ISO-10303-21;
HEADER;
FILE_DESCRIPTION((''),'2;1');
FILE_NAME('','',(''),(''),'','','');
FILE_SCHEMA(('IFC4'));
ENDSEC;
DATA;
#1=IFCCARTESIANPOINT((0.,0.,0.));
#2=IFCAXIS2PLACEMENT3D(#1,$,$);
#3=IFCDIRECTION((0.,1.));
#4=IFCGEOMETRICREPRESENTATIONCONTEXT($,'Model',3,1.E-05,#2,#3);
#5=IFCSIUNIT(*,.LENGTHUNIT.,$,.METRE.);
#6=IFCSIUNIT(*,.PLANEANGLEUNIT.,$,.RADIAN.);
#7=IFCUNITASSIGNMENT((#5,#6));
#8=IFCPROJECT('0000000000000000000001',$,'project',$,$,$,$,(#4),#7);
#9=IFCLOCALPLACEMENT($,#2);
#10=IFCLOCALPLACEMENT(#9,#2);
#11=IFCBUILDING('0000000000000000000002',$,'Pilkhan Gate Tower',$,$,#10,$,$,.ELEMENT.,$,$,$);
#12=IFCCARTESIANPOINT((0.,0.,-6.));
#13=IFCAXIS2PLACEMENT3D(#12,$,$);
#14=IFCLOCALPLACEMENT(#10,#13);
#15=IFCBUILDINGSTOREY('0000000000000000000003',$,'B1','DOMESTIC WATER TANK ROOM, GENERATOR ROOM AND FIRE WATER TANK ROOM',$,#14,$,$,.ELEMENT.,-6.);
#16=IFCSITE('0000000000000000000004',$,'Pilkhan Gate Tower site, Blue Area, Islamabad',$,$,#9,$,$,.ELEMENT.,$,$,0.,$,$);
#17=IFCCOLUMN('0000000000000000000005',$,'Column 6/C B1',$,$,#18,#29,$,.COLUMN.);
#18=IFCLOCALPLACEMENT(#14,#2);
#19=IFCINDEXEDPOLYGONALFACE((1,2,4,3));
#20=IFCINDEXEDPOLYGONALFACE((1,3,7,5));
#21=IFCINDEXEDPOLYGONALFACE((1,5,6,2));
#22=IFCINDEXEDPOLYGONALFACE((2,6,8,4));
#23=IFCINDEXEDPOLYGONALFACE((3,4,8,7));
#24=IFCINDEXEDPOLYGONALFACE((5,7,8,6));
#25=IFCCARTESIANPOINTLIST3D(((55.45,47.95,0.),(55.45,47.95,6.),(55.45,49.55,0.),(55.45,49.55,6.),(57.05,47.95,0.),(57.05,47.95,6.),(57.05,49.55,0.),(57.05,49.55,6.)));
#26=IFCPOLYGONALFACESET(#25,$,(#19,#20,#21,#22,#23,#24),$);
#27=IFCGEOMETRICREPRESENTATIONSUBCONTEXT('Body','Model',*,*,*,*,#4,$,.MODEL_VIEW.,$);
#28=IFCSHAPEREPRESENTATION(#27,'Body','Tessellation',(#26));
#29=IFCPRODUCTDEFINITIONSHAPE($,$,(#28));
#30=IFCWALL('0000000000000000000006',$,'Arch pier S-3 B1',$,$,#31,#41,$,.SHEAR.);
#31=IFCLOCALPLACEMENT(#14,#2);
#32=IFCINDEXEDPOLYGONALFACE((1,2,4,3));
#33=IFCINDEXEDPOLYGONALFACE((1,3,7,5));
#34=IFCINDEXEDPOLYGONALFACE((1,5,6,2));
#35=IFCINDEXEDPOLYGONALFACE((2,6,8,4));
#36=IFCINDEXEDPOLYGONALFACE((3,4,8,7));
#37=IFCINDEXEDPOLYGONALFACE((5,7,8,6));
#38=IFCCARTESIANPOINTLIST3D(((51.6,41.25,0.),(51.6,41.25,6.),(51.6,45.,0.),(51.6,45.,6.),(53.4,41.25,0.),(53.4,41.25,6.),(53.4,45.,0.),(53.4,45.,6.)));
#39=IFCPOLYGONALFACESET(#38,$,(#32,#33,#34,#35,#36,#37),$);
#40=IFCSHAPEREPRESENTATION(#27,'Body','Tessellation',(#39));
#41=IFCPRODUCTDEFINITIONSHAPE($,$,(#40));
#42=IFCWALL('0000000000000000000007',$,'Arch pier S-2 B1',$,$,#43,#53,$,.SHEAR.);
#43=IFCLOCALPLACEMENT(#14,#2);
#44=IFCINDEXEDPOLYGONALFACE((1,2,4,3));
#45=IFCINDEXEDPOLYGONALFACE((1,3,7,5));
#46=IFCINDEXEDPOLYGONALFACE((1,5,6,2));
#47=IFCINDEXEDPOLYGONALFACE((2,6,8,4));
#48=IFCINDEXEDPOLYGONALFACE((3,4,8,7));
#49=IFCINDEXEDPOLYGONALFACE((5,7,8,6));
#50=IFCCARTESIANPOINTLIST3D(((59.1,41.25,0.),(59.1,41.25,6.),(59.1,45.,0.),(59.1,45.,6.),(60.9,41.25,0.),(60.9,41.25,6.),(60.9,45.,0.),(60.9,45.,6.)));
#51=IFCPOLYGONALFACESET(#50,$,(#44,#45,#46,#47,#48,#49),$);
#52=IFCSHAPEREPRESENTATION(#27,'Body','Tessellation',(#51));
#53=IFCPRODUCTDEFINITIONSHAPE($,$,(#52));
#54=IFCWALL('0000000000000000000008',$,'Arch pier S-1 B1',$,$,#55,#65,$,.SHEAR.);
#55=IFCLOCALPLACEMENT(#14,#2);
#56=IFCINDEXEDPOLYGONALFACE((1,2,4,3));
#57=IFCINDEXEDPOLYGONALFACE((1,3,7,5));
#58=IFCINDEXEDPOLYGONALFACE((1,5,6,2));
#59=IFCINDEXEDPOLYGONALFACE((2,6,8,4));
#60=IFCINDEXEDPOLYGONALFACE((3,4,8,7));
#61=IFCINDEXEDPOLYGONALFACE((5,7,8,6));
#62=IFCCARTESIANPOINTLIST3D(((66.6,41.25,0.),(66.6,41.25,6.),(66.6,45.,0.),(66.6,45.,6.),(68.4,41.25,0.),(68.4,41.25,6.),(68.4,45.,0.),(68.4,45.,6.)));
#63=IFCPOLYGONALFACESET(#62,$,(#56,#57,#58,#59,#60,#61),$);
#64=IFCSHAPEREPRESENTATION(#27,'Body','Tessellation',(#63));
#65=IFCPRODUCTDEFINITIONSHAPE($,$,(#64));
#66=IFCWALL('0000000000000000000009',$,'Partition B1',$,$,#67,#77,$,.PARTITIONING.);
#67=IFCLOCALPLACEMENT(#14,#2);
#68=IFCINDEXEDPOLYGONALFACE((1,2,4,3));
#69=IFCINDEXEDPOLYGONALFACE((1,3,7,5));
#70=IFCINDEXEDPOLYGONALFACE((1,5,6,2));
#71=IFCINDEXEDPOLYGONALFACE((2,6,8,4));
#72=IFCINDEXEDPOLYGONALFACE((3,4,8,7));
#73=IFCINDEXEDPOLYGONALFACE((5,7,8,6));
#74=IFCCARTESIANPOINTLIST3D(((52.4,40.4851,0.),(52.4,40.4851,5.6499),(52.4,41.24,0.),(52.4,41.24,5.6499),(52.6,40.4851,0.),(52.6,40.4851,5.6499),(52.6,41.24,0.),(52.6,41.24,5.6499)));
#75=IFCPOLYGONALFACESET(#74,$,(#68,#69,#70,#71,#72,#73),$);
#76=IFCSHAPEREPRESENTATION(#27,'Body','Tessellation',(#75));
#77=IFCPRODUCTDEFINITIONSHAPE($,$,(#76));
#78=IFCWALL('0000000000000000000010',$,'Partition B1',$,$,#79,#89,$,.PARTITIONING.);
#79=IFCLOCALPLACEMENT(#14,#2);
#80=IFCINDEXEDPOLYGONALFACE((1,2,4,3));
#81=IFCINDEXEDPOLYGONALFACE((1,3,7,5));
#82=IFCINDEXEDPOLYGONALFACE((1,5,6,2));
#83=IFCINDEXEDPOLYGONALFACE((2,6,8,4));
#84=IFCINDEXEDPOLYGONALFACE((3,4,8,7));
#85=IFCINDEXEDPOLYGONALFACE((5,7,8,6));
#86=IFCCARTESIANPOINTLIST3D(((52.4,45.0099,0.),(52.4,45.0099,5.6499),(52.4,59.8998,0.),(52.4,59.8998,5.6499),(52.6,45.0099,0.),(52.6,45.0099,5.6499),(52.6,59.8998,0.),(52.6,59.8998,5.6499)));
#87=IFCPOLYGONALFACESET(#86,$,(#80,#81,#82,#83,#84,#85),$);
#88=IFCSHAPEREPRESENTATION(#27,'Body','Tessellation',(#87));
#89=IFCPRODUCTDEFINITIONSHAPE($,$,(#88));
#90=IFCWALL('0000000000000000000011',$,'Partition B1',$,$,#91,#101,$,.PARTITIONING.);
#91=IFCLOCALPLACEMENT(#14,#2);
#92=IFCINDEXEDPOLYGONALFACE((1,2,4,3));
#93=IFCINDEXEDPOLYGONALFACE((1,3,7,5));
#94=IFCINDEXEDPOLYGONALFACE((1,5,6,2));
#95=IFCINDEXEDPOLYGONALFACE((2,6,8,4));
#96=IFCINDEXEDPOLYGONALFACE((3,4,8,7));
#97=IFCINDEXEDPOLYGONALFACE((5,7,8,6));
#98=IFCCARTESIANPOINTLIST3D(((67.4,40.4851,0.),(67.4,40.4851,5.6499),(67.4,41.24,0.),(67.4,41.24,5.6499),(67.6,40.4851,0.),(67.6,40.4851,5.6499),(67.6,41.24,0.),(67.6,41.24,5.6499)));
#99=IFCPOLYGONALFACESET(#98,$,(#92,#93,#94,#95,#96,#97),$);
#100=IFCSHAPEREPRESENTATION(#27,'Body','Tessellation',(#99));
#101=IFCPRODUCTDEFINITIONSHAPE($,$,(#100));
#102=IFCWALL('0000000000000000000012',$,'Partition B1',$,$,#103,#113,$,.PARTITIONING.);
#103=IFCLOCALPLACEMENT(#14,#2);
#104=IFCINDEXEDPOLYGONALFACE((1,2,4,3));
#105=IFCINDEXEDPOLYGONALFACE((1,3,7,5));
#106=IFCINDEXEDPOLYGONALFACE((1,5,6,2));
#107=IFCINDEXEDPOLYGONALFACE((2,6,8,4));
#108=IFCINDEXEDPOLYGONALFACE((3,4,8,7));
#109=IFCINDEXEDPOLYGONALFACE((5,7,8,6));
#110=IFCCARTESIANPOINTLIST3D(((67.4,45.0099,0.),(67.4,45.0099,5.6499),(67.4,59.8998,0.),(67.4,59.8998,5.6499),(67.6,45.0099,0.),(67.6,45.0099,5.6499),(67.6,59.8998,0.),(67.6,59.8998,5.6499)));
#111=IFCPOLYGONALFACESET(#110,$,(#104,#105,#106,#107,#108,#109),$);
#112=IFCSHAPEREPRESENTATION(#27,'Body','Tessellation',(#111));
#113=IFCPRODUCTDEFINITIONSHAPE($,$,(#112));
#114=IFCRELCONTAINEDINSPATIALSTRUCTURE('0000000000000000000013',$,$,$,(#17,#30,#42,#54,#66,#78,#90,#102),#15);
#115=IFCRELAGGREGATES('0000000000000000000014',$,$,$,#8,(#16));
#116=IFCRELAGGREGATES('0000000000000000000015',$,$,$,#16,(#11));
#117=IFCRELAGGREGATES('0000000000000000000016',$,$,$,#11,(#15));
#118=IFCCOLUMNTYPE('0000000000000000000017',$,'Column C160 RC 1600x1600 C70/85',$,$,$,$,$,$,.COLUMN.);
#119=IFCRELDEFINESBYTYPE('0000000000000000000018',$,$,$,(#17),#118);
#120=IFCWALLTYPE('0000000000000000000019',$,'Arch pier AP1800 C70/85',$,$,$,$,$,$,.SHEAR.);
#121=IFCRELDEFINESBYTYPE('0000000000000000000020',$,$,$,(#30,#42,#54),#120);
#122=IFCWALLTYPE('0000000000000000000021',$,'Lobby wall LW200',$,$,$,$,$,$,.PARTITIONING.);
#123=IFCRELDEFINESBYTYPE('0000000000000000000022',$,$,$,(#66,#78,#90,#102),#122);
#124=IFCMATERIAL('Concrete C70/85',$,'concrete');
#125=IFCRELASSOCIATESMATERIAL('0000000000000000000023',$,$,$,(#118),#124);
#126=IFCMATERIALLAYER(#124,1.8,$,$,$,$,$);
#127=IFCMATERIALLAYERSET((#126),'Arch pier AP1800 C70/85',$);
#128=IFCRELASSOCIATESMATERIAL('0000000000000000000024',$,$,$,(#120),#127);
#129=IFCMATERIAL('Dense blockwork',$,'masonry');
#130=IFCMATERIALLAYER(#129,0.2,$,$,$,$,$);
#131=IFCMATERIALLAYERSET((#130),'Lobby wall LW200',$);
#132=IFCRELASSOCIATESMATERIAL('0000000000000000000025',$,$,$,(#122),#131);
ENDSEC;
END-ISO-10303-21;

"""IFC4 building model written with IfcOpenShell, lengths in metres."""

from ifc_helpers import new_model, si_unit, direction, frame, frame_2d, origin, origin_2d, place, context, subcontext, project, spatial, rectangle, extrude, material, layer, layer_set, material_profile, profile_set, type_object, element, save


model = new_model("IFC4")

# Units and contexts
model_context = context("Model", 3, precision=1e-05, world=origin(), true_north=direction((0.0, 1.0)))
body_context = subcontext(model_context, "Body", "Model", "MODEL_VIEW")
ifc_project = project(units=[si_unit("LENGTHUNIT", "METRE"), si_unit("PLANEANGLEUNIT", "RADIAN")], contexts=[model_context])

# Site, building, storey
site_placement = place(None, origin())
site = spatial("IfcSite", under=ifc_project, at=site_placement, Name="Pilkhan Gate Tower site, Blue Area, Islamabad", CompositionType="ELEMENT", RefElevation=0.0)
building_placement = place(site_placement, origin())
building = spatial("IfcBuilding", under=site, at=building_placement, Name="Pilkhan Gate Tower", CompositionType="ELEMENT")
storey_placement = place(building_placement, frame((0.0, 0.0, -6.0)))
storey = spatial("IfcBuildingStorey", under=building, at=storey_placement, Name="B1", Description="DOMESTIC WATER TANK ROOM, GENERATOR ROOM AND FIRE WATER TANK ROOM", CompositionType="ELEMENT", Elevation=-6.0)

# Column
ifc_material_1 = material(Name="Concrete C70/85", Category="concrete")
ifc_material_profile_1 = material_profile(ifc_material_1, rectangle(XDim=1.6001, YDim=1.6001, at=origin_2d()), Name="RC 1600x1600")
ifc_profile_set_1 = profile_set([ifc_material_profile_1], Name="Concrete C70/85")
column_type = type_object("IfcColumnType", Name="Column C160 RC 1600x1600 C70/85", PredefinedType="COLUMN", material=ifc_profile_set_1)
for number, where, z_axis, x_axis, name in (
    (1, (56.25, 48.75, 0.0), (0.0, 0.0, 1.0), (1.0, 0.0, 0.0), "Column 6/C B1"),
):
    element("IfcColumn", number, at=place(storey_placement, frame(where, z_axis=z_axis, x_axis=x_axis)), inside=storey, type_object=column_type, Name=name, PredefinedType="COLUMN", context=body_context, shape_type="SweptSolid", body=[
        extrude(rectangle(XDim=1.6001, YDim=1.6001, at=origin_2d()), origin(), (0.0, 0.0, 1.0), 6.0),
    ])

# Walls
ifc_layer_1 = layer(ifc_material_1, 1.8)
ifc_layer_set_1 = layer_set([ifc_layer_1], Name="Arch pier AP1800 C70/85")
wall_type_1 = type_object("IfcWallType", Name="Arch pier AP1800 C70/85", PredefinedType="SHEAR", material=ifc_layer_set_1)
for number, where, z_axis, x_axis, name in (
    (2, (52.5, 41.25, 0.0), (0.0, 0.0, 1.0), (0.0, 1.0, 0.0), "Arch pier S-3 B1"),
    (3, (60.0, 41.25, 0.0), (0.0, 0.0, 1.0), (0.0, 1.0, 0.0), "Arch pier S-2 B1"),
    (4, (67.5, 41.25, 0.0), (0.0, 0.0, 1.0), (0.0, 1.0, 0.0), "Arch pier S-1 B1"),
):
    element("IfcWall", number, at=place(storey_placement, frame(where, z_axis=z_axis, x_axis=x_axis)), inside=storey, type_object=wall_type_1, Name=name, PredefinedType="SHEAR", context=body_context, shape_type="SweptSolid", body=[
        extrude(rectangle(XDim=3.75, YDim=1.8, at=frame_2d((1.875, 0.0))), origin(), (0.0, 0.0, 1.0), 6.0),
    ])
ifc_material_2 = material(Name="Dense blockwork", Category="masonry")
ifc_layer_2 = layer(ifc_material_2, 0.2)
ifc_layer_set_2 = layer_set([ifc_layer_2], Name="Lobby wall LW200")
wall_type_2 = type_object("IfcWallType", Name="Lobby wall LW200", PredefinedType="PARTITIONING", material=ifc_layer_set_2)
wall_1_placement = place(storey_placement, frame((52.5, 40.4851, 0.0), z_axis=(0.0, 0.0, 1.0), x_axis=(0.0, 1.0, 0.0)))
element("IfcWall", 5, at=wall_1_placement, inside=storey, type_object=wall_type_2, Name="Partition B1", PredefinedType="PARTITIONING", context=body_context, shape_type="SweptSolid", body=[
    extrude(rectangle(XDim=0.7549, YDim=0.2, at=frame_2d((0.3774, 0.0))), origin(), (0.0, 0.0, 1.0), 5.6499),
])
wall_2_placement = place(storey_placement, frame((52.5, 45.01, 0.0), z_axis=(0.0, 0.0, 1.0), x_axis=(0.0, 1.0, 0.0)))
element("IfcWall", 6, at=wall_2_placement, inside=storey, type_object=wall_type_2, Name="Partition B1", PredefinedType="PARTITIONING", context=body_context, shape_type="SweptSolid", body=[
    extrude(rectangle(XDim=14.8899, YDim=0.2, at=frame_2d((7.4448, 0.0))), origin(), (0.0, 0.0, 1.0), 5.6499),
])
wall_3_placement = place(storey_placement, frame((67.5, 40.4851, 0.0), z_axis=(0.0, 0.0, 1.0), x_axis=(0.0, 1.0, 0.0)))
element("IfcWall", 7, at=wall_3_placement, inside=storey, type_object=wall_type_2, Name="Partition B1", PredefinedType="PARTITIONING", context=body_context, shape_type="SweptSolid", body=[
    extrude(rectangle(XDim=0.7549, YDim=0.2, at=frame_2d((0.3774, 0.0))), origin(), (0.0, 0.0, 1.0), 5.6499),
])
wall_4_placement = place(storey_placement, frame((67.5, 45.01, 0.0), z_axis=(0.0, 0.0, 1.0), x_axis=(0.0, 1.0, 0.0)))
element("IfcWall", 8, at=wall_4_placement, inside=storey, type_object=wall_type_2, Name="Partition B1", PredefinedType="PARTITIONING", context=body_context, shape_type="SweptSolid", body=[
    extrude(rectangle(XDim=14.8899, YDim=0.2, at=frame_2d((7.4448, 0.0))), origin(), (0.0, 0.0, 1.0), 5.6499),
])

save(model, "model.ifc")
